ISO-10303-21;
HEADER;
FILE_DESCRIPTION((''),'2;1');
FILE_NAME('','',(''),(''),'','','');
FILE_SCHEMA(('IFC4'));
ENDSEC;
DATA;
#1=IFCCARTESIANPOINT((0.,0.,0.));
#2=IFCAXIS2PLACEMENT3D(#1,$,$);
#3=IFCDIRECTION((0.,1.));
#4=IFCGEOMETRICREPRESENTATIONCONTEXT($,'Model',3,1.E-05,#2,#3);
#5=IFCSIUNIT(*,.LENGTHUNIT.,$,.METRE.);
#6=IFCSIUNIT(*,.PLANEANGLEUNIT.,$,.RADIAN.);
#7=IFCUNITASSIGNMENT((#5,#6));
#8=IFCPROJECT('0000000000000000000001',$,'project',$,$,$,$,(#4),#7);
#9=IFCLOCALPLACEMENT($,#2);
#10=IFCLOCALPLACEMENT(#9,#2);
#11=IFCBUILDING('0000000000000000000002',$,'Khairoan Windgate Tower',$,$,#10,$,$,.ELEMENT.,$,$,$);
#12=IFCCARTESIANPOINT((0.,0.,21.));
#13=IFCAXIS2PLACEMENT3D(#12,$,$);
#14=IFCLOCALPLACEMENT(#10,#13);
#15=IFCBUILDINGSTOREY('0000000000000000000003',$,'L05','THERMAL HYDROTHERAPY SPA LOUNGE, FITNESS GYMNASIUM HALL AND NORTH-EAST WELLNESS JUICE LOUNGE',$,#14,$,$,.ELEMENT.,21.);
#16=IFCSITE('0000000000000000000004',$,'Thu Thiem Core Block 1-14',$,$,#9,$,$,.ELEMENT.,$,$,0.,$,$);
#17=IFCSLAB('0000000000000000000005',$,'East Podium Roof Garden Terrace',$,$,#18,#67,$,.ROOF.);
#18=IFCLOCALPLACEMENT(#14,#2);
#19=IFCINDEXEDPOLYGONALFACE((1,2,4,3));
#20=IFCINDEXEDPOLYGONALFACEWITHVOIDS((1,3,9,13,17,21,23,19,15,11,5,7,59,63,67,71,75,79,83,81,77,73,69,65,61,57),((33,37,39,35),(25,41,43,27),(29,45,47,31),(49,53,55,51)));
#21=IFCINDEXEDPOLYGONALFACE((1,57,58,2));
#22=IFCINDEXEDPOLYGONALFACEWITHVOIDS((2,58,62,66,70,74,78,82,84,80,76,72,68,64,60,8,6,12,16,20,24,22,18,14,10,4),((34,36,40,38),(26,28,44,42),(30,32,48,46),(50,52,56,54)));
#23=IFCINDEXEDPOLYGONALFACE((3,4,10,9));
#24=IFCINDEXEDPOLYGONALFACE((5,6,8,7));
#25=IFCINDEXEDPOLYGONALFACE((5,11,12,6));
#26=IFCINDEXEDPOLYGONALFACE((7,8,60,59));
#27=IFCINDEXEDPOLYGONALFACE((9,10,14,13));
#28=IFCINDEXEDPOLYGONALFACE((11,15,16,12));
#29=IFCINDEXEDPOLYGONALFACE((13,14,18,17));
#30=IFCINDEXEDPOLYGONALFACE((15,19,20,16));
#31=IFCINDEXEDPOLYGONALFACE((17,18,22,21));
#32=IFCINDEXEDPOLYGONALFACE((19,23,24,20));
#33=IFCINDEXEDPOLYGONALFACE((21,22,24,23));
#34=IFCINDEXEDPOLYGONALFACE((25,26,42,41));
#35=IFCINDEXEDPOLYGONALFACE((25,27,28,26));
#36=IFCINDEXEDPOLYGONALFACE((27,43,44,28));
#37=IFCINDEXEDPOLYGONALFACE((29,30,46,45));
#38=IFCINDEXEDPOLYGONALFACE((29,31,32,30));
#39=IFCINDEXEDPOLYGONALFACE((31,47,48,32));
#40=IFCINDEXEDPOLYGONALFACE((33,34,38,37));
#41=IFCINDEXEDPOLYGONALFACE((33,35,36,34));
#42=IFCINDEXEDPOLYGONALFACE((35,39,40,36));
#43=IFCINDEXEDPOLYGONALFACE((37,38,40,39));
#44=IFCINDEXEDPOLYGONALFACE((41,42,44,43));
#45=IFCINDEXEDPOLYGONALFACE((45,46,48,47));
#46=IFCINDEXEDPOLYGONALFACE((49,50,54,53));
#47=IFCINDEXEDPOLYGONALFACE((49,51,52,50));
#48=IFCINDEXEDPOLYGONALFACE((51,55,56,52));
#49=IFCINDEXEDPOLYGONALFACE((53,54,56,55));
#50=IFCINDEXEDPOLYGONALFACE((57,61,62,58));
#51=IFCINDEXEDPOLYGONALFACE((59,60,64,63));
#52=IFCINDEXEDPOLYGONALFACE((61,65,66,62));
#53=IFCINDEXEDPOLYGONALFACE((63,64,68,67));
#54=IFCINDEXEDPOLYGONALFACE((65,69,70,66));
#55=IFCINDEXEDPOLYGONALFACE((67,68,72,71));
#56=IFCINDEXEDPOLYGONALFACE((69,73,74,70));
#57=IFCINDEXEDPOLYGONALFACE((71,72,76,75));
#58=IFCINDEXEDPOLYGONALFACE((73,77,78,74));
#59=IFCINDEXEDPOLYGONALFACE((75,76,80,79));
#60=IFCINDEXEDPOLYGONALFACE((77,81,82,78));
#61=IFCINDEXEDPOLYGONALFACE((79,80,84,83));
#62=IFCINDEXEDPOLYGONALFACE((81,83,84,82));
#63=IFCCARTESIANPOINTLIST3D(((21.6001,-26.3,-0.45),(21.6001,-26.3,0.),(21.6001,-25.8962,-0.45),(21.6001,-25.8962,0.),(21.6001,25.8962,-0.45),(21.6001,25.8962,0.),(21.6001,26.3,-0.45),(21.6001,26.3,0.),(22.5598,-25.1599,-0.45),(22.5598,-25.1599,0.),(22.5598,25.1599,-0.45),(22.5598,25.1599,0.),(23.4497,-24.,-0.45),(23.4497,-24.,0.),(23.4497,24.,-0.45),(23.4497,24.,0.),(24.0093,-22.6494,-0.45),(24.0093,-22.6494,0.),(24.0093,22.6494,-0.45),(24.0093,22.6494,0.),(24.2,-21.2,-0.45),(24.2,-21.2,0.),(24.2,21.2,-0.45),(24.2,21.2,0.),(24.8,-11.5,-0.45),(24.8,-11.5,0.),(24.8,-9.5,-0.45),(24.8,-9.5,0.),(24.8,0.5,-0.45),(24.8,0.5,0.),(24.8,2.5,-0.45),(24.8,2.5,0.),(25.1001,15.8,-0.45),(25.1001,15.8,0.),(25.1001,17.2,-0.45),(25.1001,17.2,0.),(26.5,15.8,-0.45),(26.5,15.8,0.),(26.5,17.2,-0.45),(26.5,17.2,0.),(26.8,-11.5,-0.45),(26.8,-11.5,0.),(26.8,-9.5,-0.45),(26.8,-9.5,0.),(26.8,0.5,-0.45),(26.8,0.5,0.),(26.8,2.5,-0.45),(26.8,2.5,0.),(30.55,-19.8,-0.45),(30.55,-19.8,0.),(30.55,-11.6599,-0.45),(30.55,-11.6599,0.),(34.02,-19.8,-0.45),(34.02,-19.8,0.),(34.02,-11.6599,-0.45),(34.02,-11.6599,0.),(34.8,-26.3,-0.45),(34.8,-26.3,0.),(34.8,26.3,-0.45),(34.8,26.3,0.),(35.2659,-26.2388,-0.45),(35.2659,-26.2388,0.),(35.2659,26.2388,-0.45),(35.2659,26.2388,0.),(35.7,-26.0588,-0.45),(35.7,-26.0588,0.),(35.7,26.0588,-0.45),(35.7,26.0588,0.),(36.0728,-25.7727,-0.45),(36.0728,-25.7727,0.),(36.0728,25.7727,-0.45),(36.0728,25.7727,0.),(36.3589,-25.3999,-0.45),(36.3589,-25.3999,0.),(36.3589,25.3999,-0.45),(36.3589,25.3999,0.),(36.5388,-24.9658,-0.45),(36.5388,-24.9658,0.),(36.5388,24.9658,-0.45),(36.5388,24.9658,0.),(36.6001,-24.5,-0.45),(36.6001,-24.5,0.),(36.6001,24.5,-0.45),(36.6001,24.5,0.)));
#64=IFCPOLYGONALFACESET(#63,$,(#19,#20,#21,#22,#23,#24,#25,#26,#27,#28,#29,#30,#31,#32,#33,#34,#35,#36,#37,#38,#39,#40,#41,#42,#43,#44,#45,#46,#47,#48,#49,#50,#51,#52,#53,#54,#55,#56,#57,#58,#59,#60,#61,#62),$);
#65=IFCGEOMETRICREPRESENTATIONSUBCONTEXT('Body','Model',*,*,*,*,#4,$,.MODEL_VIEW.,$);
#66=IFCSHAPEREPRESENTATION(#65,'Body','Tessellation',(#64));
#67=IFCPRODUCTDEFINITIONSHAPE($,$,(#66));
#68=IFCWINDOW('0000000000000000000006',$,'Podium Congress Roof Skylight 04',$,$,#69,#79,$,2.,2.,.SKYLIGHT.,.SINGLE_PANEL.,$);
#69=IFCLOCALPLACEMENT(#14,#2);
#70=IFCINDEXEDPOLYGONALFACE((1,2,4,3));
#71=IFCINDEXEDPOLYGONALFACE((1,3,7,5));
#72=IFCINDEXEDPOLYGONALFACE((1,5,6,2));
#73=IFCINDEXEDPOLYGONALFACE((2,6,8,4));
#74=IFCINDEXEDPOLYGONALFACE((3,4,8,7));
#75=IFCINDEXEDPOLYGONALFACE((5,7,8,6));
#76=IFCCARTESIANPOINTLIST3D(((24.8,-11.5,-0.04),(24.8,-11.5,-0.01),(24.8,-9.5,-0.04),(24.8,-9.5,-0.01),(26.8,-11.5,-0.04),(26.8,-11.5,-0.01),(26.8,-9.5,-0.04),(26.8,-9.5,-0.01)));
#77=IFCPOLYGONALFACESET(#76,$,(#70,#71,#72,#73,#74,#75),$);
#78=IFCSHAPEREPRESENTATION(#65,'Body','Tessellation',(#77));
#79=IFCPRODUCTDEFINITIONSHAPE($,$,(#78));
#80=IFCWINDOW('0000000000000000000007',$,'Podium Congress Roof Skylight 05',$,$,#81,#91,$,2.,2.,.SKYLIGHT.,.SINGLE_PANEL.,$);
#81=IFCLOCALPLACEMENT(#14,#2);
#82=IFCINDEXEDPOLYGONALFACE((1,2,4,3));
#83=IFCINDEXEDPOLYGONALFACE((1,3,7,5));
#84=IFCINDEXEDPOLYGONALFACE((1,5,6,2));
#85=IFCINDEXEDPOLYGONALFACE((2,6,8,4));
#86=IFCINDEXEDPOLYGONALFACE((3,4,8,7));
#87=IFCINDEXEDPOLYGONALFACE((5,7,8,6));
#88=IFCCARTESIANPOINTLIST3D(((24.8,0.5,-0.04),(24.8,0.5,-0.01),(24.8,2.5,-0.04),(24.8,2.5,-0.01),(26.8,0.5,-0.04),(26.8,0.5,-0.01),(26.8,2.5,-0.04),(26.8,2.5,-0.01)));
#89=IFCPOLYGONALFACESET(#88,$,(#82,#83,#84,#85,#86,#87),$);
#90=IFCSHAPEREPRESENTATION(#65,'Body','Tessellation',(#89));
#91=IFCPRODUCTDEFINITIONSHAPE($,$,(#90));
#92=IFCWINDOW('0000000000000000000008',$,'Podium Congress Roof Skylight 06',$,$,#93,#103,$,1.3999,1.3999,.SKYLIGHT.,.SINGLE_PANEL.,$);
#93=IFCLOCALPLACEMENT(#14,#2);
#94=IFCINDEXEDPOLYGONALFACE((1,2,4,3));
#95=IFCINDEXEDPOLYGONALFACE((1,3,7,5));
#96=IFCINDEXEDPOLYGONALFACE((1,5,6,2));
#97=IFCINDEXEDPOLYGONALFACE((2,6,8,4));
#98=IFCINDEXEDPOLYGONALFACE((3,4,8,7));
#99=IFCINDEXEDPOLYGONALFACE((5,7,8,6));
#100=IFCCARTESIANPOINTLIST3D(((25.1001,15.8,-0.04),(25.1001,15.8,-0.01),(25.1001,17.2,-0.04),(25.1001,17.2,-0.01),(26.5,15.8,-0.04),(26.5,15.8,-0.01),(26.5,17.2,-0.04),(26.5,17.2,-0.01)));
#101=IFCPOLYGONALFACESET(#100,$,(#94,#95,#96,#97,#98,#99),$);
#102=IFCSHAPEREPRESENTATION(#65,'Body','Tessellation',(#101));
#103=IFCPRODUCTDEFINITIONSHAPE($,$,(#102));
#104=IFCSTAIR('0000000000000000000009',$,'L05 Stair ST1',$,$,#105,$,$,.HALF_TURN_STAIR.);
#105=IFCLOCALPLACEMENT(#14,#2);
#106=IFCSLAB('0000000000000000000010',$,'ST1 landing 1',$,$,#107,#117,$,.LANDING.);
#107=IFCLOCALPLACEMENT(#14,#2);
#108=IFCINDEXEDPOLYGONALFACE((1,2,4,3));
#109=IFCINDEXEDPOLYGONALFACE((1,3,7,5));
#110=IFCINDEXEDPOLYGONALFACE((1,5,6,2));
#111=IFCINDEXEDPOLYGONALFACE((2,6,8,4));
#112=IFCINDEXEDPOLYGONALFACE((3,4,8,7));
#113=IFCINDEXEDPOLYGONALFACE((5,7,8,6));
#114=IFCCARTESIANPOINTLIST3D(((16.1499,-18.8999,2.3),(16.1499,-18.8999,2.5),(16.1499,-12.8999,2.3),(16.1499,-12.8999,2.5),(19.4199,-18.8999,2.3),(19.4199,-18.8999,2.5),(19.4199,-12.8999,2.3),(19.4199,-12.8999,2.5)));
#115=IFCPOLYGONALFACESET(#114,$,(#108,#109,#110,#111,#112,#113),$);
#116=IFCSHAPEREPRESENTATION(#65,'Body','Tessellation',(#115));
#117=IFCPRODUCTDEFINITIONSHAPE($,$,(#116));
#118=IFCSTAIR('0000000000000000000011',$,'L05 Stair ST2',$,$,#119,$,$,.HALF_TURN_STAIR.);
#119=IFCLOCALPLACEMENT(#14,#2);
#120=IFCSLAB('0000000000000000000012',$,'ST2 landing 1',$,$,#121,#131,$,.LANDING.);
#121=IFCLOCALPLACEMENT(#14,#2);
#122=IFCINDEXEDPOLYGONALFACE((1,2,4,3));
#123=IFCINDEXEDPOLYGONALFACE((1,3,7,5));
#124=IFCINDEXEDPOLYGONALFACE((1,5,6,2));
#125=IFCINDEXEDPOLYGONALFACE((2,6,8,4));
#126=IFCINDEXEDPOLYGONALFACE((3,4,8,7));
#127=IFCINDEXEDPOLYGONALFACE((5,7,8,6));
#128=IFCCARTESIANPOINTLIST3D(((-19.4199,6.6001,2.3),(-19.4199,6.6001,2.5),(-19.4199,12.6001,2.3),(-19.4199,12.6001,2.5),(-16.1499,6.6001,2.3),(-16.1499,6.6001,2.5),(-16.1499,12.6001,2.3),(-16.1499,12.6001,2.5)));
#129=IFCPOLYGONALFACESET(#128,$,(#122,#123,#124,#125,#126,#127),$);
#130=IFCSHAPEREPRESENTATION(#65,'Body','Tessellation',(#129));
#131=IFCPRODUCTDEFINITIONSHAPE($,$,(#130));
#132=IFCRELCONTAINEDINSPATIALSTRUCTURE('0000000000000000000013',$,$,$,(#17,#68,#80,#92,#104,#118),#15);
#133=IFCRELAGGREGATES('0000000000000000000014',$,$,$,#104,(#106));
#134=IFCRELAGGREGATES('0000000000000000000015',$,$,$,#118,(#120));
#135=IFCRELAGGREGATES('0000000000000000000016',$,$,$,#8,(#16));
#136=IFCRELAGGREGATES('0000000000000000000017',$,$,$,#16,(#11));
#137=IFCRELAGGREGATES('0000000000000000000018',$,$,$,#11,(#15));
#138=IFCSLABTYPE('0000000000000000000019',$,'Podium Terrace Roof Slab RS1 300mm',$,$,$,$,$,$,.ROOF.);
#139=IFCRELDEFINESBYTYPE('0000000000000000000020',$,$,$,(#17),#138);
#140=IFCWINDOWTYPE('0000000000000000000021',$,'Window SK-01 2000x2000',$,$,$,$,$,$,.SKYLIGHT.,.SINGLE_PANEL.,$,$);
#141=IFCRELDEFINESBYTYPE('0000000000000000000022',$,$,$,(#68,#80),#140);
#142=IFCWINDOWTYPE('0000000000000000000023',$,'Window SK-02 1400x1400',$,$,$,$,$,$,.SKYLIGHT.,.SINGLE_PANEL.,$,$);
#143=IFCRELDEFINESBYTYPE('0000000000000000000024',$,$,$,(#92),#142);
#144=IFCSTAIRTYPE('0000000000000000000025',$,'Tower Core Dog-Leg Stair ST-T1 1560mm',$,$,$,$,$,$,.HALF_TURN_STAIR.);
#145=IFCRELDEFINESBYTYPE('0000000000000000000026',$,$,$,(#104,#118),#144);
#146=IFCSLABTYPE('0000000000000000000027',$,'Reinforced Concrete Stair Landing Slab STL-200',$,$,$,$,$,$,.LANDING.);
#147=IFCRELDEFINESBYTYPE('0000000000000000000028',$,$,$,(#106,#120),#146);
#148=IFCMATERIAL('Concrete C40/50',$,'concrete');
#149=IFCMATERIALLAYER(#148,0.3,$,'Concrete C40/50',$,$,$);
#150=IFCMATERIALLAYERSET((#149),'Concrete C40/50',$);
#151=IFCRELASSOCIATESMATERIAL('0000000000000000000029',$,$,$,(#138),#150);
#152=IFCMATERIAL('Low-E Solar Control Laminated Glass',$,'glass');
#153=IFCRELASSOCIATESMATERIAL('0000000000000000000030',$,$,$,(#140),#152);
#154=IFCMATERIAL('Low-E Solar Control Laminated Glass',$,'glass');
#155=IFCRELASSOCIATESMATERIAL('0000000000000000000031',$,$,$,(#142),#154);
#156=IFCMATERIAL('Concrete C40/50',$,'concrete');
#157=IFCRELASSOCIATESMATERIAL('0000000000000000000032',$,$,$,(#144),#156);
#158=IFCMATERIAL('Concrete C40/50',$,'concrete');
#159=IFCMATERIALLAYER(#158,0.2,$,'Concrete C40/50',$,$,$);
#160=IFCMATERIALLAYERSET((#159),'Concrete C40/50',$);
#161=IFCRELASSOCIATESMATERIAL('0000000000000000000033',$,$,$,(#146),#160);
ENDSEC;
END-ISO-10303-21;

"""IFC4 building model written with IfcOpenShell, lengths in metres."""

from ifc_helpers import new_model, si_unit, direction, frame, origin, origin_2d, place, context, subcontext, project, spatial, polyline, rectangle, outline, extrude, material, layer, layer_set, type_object, element, fill, aggregate, save


model = new_model("IFC4")

# Units and contexts
model_context = context("Model", 3, precision=1e-05, world=origin(), true_north=direction((0.0, 1.0)))
body_context = subcontext(model_context, "Body", "Model", "MODEL_VIEW")
ifc_project = project(units=[si_unit("LENGTHUNIT", "METRE"), si_unit("PLANEANGLEUNIT", "RADIAN")], contexts=[model_context])

# Site, building, storey
site_placement = place(None, origin())
site = spatial("IfcSite", under=ifc_project, at=site_placement, Name="Thu Thiem Core Block 1-14", CompositionType="ELEMENT", RefElevation=0.0)
building_placement = place(site_placement, origin())
building = spatial("IfcBuilding", under=site, at=building_placement, Name="Khairoan Windgate Tower", CompositionType="ELEMENT")
storey_placement = place(building_placement, frame((0.0, 0.0, 21.0)))
storey = spatial("IfcBuildingStorey", under=building, at=storey_placement, Name="L05", Description="THERMAL HYDROTHERAPY SPA LOUNGE, FITNESS GYMNASIUM HALL AND NORTH-EAST WELLNESS JUICE LOUNGE", CompositionType="ELEMENT", Elevation=21.0)

# Slab, openings, windows
ifc_material_1 = material(Name="Concrete C40/50", Category="concrete")
ifc_layer_1 = layer(ifc_material_1, 0.3, Name="Concrete C40/50")
ifc_layer_set_1 = layer_set([ifc_layer_1], Name="Concrete C40/50")
slab_type_1 = type_object("IfcSlabType", Name="Podium Terrace Roof Slab RS1 300mm", PredefinedType="ROOF", material=ifc_layer_set_1)
ifc_material_2 = material(Name="Low-E Solar Control Laminated Glass", Category="glass")
window_type_1 = type_object("IfcWindowType", Name="Window SK-01 2000x2000", PartitioningType="SINGLE_PANEL", PredefinedType="SKYLIGHT", material=ifc_material_2)
ifc_material_3 = material(Name="Low-E Solar Control Laminated Glass", Category="glass")
window_type_2 = type_object("IfcWindowType", Name="Window SK-02 1400x1400", PartitioningType="SINGLE_PANEL", PredefinedType="SKYLIGHT", material=ifc_material_3)
slab_1_placement = place(storey_placement, frame((0.0, 0.0, -0.45)))
slab_1 = element("IfcSlab", 1, at=slab_1_placement, inside=storey, type_object=slab_type_1, Name="East Podium Roof Garden Terrace", PredefinedType="ROOF", context=body_context, shape_type="SweptSolid", body=[
    extrude(outline(polyline([(35.7, 26.0588), (35.2659, 26.2388), (34.8, 26.3), (21.6001, 26.3), (21.6001, 25.8962), (22.5598, 25.1599), (23.4497, 24.0), (24.0093, 22.6494), (24.2, 21.2), (24.2, -21.2), (24.0093, -22.6494), (23.4497, -24.0), (22.5598, -25.1599), (21.6001, -25.8962), (21.6001, -26.3), (34.8, -26.3), (35.2659, -26.2388), (35.7, -26.0588), (36.0728, -25.7727), (36.3589, -25.3999), (36.5388, -24.9658), (36.6001, -24.5), (36.6001, 24.5), (36.5388, 24.9658), (36.3589, 25.3999), (36.0728, 25.7727), (35.7, 26.0588)]), holes=[polyline([(30.55, -11.6599), (30.55, -19.8), (34.02, -19.8), (34.02, -11.6599), (30.55, -11.6599)])]), origin(), (0.0, 0.0, 1.0), 0.45),
])
opening_1_placement = place(slab_1_placement, frame((25.8, -10.5, -0.01)))
opening_1 = element("IfcOpeningElement", 2, at=opening_1_placement, cuts=slab_1, PredefinedType="OPENING", context=body_context, shape_type="SweptSolid", body=[
    extrude(rectangle(XDim=2.0, YDim=2.0, at=origin_2d()), origin(), (0.0, 0.0, 1.0), 0.47),
])
opening_2_placement = place(slab_1_placement, frame((25.8, 1.5, -0.01)))
opening_2 = element("IfcOpeningElement", 3, at=opening_2_placement, cuts=slab_1, PredefinedType="OPENING", context=body_context, shape_type="SweptSolid", body=[
    extrude(rectangle(XDim=2.0, YDim=2.0, at=origin_2d()), origin(), (0.0, 0.0, 1.0), 0.47),
])
opening_3_placement = place(slab_1_placement, frame((25.8, 16.5, -0.01)))
opening_3 = element("IfcOpeningElement", 4, at=opening_3_placement, cuts=slab_1, PredefinedType="OPENING", context=body_context, shape_type="SweptSolid", body=[
    extrude(rectangle(XDim=1.3999, YDim=1.3999, at=origin_2d()), origin(), (0.0, 0.0, 1.0), 0.47),
])
window_1_placement = place(opening_1_placement, frame((0.0, 0.0, 0.4199)))
window_1 = element("IfcWindow", 5, at=window_1_placement, inside=storey, type_object=window_type_1, Name="Podium Congress Roof Skylight 04", OverallHeight=2.0, OverallWidth=2.0, PartitioningType="SINGLE_PANEL", PredefinedType="SKYLIGHT", context=body_context, shape_type="SweptSolid", body=[
    extrude(rectangle(XDim=2.0, YDim=2.0, at=origin_2d()), origin(), (0.0, 0.0, 1.0), 0.03),
])
fill(opening_1, window_1)
window_2_placement = place(opening_2_placement, frame((0.0, 0.0, 0.4199)))
window_2 = element("IfcWindow", 6, at=window_2_placement, inside=storey, type_object=window_type_1, Name="Podium Congress Roof Skylight 05", OverallHeight=2.0, OverallWidth=2.0, PartitioningType="SINGLE_PANEL", PredefinedType="SKYLIGHT", context=body_context, shape_type="SweptSolid", body=[
    extrude(rectangle(XDim=2.0, YDim=2.0, at=origin_2d()), origin(), (0.0, 0.0, 1.0), 0.03),
])
fill(opening_2, window_2)
window_3_placement = place(opening_3_placement, frame((0.0, 0.0, 0.4199)))
window_3 = element("IfcWindow", 7, at=window_3_placement, inside=storey, type_object=window_type_2, Name="Podium Congress Roof Skylight 06", OverallHeight=1.3999, OverallWidth=1.3999, PartitioningType="SINGLE_PANEL", PredefinedType="SKYLIGHT", context=body_context, shape_type="SweptSolid", body=[
    extrude(rectangle(XDim=1.3999, YDim=1.3999, at=origin_2d()), origin(), (0.0, 0.0, 1.0), 0.03),
])
fill(opening_3, window_3)

# Stairs, slabs
ifc_material_4 = material(Name="Concrete C40/50", Category="concrete")
stair_type = type_object("IfcStairType", Name="Tower Core Dog-Leg Stair ST-T1 1560mm", PredefinedType="HALF_TURN_STAIR", material=ifc_material_4)
stair_1_placement = place(storey_placement, origin())
stair_1 = element("IfcStair", 8, at=stair_1_placement, inside=storey, type_object=stair_type, Name="L05 Stair ST1", PredefinedType="HALF_TURN_STAIR")
ifc_material_5 = material(Name="Concrete C40/50", Category="concrete")
ifc_layer_2 = layer(ifc_material_5, 0.2, Name="Concrete C40/50")
ifc_layer_set_2 = layer_set([ifc_layer_2], Name="Concrete C40/50")
slab_type_2 = type_object("IfcSlabType", Name="Reinforced Concrete Stair Landing Slab STL-200", PredefinedType="LANDING", material=ifc_layer_set_2)
slab_2_placement = place(storey_placement, frame((0.0, 0.0, 2.3)))
slab_2 = element("IfcSlab", 9, at=slab_2_placement, type_object=slab_type_2, Name="ST1 landing 1", PredefinedType="LANDING", context=body_context, shape_type="SweptSolid", body=[
    extrude(outline(polyline([(16.1499, -12.8999), (16.1499, -18.8999), (19.4199, -18.8999), (19.4199, -12.8999), (16.1499, -12.8999)])), origin(), (0.0, 0.0, 1.0), 0.2),
])
aggregate(stair_1, [slab_2])
stair_2_placement = place(storey_placement, origin())
stair_2 = element("IfcStair", 10, at=stair_2_placement, inside=storey, type_object=stair_type, Name="L05 Stair ST2", PredefinedType="HALF_TURN_STAIR")
slab_3_placement = place(storey_placement, frame((0.0, 0.0, 2.3)))
slab_3 = element("IfcSlab", 11, at=slab_3_placement, type_object=slab_type_2, Name="ST2 landing 1", PredefinedType="LANDING", context=body_context, shape_type="SweptSolid", body=[
    extrude(outline(polyline([(-16.1499, 6.6001), (-16.1499, 12.6001), (-19.4199, 12.6001), (-19.4199, 6.6001), (-16.1499, 6.6001)])), origin(), (0.0, 0.0, 1.0), 0.2),
])
aggregate(stair_2, [slab_3])

save(model, "model.ifc")
